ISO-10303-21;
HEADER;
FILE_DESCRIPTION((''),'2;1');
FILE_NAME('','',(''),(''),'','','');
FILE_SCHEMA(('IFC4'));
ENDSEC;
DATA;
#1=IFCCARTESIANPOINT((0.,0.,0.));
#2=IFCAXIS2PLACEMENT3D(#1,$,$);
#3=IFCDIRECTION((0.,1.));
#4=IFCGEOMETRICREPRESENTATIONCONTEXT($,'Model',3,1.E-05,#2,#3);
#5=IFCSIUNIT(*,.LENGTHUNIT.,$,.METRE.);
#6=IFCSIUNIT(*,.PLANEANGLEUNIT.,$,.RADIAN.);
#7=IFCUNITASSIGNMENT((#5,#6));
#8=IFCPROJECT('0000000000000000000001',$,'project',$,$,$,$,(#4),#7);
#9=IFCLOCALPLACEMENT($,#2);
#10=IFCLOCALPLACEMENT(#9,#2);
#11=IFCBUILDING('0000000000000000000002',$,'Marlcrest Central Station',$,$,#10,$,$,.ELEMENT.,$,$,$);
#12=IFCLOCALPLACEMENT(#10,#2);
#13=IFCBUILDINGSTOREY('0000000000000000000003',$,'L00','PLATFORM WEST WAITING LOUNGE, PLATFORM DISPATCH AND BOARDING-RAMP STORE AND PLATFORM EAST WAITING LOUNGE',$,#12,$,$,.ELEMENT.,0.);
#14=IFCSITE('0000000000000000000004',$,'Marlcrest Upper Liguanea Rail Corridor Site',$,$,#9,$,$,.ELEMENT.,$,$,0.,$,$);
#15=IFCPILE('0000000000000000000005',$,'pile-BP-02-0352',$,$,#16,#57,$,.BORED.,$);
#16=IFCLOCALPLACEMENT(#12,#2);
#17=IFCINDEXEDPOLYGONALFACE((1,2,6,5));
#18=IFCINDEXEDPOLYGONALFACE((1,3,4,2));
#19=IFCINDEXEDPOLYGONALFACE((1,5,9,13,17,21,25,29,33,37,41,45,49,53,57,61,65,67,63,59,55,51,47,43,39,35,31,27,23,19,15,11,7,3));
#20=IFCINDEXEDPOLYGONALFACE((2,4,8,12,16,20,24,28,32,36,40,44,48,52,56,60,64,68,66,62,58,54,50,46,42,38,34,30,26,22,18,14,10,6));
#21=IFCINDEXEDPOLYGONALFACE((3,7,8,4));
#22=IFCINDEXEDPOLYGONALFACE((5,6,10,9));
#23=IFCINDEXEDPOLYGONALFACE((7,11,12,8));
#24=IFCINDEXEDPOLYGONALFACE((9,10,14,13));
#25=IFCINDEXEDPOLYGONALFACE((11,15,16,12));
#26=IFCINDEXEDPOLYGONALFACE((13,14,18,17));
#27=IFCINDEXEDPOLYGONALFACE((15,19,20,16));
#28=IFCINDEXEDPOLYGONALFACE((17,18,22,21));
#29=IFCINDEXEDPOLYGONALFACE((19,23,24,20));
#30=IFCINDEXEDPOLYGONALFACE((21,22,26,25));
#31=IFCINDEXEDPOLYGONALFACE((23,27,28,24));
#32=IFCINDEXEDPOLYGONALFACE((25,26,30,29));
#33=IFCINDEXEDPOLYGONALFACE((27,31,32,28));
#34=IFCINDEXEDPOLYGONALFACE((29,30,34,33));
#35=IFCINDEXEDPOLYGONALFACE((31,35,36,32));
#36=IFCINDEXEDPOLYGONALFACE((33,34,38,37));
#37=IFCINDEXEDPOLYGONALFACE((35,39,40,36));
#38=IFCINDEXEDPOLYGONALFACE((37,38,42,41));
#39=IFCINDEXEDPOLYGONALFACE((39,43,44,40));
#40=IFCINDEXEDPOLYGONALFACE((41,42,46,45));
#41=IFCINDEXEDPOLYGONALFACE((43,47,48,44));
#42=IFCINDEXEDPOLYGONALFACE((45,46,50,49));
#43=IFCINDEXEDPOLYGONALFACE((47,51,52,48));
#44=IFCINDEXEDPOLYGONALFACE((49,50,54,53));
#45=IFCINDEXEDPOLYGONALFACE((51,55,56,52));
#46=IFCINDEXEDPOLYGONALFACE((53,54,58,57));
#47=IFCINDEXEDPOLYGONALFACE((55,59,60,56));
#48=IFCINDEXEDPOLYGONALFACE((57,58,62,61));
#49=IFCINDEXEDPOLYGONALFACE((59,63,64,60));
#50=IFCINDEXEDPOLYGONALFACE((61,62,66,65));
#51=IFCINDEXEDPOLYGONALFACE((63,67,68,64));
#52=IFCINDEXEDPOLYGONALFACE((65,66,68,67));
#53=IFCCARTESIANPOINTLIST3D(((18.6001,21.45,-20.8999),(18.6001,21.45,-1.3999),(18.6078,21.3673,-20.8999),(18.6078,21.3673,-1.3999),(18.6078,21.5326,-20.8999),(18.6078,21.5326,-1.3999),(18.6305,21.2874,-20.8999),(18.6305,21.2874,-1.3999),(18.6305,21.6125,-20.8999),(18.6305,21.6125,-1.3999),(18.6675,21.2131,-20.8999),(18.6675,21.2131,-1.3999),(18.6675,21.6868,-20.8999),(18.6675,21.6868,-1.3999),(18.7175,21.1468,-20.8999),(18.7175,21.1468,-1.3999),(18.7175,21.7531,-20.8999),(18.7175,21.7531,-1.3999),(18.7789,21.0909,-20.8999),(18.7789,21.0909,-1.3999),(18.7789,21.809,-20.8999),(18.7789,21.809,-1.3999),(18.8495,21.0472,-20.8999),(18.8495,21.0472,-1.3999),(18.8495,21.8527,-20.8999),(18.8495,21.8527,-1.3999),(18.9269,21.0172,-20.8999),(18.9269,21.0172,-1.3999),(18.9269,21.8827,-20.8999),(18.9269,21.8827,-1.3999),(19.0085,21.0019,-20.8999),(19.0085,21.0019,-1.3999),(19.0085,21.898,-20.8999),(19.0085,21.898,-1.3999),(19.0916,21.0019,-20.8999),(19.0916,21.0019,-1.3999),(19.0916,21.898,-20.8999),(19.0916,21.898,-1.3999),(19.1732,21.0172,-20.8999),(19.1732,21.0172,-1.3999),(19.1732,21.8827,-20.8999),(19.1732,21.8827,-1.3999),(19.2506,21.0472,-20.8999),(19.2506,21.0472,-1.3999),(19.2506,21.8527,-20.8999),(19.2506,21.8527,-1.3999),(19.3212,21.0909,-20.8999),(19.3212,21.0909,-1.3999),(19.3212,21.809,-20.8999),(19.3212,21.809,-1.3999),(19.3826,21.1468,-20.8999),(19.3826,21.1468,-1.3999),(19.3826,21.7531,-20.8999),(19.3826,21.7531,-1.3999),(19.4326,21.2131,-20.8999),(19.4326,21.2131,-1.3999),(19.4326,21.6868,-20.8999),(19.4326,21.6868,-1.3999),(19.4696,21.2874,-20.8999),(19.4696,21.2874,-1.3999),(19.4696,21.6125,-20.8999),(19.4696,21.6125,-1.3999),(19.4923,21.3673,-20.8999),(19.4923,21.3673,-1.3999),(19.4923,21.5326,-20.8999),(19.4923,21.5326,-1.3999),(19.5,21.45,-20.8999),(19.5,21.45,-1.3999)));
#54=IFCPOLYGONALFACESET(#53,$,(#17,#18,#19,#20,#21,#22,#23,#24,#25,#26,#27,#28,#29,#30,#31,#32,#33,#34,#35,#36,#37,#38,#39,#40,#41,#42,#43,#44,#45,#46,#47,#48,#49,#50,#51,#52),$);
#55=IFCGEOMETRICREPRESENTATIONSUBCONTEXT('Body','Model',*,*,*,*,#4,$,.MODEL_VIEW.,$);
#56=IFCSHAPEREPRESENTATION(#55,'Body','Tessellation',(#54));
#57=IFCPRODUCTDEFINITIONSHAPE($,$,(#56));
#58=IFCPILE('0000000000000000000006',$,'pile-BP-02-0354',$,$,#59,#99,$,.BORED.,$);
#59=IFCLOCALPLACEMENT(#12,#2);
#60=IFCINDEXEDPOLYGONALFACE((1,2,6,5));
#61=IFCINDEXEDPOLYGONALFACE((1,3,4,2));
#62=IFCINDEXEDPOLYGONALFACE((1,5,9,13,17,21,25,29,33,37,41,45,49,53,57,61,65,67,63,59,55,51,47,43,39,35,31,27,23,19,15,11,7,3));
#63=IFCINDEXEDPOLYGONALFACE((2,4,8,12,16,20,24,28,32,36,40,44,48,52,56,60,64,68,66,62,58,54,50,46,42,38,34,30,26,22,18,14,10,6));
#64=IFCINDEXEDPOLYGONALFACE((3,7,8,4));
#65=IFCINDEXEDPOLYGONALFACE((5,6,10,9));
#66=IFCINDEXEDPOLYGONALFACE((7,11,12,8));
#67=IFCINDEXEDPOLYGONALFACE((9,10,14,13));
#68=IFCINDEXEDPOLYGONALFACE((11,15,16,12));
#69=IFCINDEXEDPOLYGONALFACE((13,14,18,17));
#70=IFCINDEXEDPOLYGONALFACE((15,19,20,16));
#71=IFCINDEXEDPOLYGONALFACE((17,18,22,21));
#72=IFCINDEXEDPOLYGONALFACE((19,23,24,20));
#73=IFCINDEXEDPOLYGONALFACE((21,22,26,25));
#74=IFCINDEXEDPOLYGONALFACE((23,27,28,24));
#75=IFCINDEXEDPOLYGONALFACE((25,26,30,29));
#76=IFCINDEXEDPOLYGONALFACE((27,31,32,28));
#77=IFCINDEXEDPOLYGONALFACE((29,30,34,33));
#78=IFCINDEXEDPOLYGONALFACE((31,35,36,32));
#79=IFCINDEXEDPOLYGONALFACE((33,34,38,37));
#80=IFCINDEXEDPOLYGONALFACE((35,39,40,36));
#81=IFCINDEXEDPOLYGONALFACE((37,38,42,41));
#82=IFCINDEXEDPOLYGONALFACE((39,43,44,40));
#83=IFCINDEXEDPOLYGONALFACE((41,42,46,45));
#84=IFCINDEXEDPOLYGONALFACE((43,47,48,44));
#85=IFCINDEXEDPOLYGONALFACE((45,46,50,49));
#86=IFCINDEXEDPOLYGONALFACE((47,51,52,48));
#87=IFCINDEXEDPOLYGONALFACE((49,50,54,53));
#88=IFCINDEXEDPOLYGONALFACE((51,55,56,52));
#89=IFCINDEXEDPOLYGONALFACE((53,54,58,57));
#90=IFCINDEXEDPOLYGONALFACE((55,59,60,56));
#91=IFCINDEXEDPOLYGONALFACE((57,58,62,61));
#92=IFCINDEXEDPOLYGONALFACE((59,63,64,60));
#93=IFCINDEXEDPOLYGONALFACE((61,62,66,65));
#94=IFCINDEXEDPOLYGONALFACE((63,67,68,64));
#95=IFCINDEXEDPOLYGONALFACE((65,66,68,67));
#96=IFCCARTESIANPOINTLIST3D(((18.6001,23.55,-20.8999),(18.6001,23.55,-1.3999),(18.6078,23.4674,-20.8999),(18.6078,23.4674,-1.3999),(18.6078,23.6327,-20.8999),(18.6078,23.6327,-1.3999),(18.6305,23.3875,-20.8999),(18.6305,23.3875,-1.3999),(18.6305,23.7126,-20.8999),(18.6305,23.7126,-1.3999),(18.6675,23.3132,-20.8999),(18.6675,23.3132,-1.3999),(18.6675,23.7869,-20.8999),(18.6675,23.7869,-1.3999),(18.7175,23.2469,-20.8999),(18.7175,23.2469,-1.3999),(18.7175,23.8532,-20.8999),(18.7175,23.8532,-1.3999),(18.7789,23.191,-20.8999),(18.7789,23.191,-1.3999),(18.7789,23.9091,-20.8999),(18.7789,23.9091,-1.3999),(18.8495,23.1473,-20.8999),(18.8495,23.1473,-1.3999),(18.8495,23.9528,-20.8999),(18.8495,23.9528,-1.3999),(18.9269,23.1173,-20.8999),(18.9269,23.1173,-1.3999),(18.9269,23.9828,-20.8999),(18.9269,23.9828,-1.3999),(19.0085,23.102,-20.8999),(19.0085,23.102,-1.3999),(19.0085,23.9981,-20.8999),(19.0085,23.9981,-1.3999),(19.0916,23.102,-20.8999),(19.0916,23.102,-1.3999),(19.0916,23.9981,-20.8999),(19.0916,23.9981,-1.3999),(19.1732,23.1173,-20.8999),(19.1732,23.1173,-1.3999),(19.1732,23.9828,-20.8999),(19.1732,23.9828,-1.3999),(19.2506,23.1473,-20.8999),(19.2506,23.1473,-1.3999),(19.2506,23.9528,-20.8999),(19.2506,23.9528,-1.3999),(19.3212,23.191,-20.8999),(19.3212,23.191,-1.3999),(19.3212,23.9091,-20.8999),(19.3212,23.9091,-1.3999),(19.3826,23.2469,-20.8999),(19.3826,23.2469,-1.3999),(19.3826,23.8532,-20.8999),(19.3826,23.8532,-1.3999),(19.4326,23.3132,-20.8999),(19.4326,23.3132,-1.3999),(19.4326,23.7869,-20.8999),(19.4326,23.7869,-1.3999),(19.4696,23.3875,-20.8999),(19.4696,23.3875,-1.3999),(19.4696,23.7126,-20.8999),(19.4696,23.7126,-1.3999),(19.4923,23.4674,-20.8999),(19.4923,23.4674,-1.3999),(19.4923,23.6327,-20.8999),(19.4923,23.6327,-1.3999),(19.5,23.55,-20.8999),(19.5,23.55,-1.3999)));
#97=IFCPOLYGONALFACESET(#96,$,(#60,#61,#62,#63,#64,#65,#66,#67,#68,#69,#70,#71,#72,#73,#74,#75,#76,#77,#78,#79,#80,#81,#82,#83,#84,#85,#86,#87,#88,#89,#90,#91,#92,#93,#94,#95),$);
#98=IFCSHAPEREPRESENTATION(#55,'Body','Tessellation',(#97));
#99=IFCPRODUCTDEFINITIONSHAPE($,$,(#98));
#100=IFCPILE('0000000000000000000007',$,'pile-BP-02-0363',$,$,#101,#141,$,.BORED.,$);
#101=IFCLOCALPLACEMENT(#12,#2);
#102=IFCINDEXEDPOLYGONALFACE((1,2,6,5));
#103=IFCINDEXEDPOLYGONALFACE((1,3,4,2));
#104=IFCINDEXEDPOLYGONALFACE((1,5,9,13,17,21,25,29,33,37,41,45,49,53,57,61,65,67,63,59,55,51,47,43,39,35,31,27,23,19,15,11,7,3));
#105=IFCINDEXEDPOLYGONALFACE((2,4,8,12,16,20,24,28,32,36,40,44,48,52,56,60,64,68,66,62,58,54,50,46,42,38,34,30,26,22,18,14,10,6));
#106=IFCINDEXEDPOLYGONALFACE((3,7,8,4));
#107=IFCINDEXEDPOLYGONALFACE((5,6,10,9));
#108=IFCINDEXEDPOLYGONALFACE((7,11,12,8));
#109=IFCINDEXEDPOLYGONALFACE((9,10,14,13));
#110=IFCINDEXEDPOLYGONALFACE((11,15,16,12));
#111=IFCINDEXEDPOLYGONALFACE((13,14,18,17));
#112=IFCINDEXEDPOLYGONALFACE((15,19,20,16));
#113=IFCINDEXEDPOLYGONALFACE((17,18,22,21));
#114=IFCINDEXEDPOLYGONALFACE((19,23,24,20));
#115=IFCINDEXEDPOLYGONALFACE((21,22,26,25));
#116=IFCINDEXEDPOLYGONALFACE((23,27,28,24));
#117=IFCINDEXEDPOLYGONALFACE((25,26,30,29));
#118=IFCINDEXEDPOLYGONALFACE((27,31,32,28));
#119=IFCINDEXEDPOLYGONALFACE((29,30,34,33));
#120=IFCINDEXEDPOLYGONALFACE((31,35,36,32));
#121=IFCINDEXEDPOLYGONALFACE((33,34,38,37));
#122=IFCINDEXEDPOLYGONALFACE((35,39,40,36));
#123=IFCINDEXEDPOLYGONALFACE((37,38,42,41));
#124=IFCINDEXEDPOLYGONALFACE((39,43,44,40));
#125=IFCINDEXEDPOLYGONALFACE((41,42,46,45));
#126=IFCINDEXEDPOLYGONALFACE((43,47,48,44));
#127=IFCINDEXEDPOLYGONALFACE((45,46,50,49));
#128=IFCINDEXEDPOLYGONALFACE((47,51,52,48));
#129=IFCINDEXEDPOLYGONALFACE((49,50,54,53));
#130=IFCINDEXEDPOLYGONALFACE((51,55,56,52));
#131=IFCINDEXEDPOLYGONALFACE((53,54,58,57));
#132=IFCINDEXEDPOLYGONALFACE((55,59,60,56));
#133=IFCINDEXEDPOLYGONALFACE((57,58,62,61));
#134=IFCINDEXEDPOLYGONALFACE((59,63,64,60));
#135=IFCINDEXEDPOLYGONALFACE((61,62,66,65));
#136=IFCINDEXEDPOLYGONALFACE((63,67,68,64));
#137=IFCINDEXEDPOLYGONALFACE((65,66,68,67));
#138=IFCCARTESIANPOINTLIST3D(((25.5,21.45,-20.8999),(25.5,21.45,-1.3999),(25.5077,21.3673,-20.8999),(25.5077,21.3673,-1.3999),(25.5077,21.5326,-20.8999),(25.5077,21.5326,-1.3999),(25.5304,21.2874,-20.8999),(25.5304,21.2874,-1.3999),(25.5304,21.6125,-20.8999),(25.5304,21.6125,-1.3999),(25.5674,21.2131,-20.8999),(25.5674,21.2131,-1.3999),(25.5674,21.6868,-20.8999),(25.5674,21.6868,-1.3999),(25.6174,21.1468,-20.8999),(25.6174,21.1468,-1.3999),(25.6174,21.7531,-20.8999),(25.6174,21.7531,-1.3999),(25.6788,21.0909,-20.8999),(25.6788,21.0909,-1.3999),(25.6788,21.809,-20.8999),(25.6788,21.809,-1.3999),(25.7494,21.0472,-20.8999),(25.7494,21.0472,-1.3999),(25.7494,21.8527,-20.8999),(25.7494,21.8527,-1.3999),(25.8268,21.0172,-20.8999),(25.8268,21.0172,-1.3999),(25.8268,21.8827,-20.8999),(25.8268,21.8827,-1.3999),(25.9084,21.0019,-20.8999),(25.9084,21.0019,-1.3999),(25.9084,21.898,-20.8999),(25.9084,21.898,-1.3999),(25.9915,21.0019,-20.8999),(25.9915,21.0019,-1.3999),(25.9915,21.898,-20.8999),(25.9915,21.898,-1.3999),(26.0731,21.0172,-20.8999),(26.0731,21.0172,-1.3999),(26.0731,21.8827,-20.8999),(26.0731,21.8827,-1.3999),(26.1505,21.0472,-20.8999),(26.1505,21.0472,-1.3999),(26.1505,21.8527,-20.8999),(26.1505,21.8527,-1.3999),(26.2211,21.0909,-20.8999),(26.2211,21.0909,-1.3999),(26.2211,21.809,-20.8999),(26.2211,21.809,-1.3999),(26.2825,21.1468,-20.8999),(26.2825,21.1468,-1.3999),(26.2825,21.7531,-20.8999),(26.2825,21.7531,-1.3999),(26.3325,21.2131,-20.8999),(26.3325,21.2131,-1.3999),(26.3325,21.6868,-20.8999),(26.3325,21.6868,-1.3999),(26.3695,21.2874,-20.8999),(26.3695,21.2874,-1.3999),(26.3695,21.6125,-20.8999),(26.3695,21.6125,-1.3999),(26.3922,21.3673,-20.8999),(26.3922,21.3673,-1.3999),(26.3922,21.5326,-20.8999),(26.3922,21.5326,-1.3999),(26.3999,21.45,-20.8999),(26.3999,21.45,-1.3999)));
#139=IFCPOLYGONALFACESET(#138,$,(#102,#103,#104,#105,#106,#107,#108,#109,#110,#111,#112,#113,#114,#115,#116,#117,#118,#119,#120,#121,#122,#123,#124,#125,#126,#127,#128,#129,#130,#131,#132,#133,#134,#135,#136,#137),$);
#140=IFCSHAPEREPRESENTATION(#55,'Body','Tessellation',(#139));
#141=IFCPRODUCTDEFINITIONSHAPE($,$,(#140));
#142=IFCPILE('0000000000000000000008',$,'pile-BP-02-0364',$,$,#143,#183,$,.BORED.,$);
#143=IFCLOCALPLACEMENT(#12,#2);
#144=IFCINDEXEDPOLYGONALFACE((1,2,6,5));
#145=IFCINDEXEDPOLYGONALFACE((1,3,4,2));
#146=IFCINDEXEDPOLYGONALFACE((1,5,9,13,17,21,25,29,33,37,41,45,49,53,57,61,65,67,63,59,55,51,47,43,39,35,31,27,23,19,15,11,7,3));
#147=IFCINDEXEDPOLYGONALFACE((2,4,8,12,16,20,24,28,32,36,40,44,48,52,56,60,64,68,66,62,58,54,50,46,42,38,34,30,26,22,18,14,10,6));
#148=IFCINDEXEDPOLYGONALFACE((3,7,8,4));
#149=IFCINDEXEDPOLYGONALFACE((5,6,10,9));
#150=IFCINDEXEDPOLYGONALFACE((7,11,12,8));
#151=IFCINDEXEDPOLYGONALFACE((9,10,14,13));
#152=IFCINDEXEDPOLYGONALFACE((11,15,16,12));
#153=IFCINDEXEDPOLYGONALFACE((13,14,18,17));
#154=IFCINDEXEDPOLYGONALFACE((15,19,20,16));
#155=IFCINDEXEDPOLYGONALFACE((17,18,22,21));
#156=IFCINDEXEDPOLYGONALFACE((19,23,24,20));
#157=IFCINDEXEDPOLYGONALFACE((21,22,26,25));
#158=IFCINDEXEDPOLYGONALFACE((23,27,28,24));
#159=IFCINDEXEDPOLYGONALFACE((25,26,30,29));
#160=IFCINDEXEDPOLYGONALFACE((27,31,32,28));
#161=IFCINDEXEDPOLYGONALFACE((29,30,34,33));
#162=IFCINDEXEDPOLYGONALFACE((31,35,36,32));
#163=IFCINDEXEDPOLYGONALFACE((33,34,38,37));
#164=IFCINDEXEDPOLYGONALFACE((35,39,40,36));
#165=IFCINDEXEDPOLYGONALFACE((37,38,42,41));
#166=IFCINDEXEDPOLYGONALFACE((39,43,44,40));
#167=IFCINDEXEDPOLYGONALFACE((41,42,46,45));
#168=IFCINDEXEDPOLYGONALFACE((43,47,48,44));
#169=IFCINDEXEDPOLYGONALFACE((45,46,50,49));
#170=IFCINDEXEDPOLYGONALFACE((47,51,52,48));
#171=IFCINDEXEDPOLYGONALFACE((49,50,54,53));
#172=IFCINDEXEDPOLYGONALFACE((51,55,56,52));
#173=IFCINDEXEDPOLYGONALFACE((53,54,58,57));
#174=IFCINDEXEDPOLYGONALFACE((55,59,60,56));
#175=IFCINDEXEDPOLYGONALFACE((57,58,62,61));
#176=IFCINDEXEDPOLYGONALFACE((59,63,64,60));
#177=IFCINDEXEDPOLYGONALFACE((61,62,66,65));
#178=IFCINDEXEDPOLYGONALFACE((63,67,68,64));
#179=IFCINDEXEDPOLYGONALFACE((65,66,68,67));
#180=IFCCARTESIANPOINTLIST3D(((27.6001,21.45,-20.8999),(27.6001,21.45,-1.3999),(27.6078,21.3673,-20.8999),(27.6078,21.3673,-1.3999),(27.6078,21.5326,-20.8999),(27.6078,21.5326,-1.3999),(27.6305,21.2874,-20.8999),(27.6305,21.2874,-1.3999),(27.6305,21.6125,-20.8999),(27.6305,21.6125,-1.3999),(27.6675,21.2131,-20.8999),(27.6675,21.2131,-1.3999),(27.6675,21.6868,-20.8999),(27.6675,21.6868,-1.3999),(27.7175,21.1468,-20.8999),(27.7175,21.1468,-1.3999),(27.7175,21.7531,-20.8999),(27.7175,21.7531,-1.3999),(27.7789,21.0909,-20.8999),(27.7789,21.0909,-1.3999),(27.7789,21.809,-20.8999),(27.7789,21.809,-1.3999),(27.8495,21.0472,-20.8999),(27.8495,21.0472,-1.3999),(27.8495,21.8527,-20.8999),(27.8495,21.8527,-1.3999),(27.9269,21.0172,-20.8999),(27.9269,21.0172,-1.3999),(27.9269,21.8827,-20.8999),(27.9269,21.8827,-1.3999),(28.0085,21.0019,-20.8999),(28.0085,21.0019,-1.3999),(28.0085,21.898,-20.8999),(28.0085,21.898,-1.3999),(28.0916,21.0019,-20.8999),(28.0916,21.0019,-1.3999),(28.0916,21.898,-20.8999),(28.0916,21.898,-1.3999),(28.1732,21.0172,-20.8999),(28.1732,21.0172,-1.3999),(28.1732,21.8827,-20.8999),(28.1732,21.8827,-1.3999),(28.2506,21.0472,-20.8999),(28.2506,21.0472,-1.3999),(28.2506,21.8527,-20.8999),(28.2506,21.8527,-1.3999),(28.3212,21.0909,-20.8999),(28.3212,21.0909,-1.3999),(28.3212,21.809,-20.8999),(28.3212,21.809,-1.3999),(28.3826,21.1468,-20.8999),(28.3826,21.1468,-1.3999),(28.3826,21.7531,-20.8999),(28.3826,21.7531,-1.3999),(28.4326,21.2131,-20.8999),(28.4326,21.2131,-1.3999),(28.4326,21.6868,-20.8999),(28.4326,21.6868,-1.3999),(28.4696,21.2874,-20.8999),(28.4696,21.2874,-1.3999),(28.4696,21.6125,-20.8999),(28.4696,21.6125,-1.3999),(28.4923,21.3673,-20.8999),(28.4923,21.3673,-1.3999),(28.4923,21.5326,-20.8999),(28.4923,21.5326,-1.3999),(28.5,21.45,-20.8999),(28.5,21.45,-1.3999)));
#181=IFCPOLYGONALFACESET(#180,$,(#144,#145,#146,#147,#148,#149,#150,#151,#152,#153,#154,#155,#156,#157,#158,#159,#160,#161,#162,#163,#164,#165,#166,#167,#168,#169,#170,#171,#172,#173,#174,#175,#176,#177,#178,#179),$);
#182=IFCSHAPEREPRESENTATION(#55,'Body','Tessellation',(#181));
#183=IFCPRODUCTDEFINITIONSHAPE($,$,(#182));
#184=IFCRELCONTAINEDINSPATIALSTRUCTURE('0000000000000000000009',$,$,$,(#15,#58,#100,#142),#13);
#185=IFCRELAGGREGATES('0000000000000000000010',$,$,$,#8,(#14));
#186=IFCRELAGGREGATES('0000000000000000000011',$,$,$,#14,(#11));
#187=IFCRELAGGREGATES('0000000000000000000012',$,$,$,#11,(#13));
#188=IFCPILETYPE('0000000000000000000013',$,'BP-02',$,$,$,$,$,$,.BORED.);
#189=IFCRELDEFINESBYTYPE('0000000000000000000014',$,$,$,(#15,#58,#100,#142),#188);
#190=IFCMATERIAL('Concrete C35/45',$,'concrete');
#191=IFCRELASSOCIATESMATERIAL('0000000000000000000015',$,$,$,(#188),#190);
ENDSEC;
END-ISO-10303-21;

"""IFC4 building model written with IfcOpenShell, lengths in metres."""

from ifc_helpers import new_model, si_unit, direction, frame, origin, origin_2d, place, context, subcontext, project, spatial, circle, extrude, material, material_profile, profile_set, type_object, element, save


model = new_model("IFC4")

# Units and contexts
model_context = context("Model", 3, precision=1e-05, world=origin(), true_north=direction((0.0, 1.0)))
body_context = subcontext(model_context, "Body", "Model", "MODEL_VIEW")
ifc_project = project(units=[si_unit("LENGTHUNIT", "METRE"), si_unit("PLANEANGLEUNIT", "RADIAN")], contexts=[model_context])

# Site, building, storey
site_placement = place(None, origin())
site = spatial("IfcSite", under=ifc_project, at=site_placement, Name="Marlcrest Upper Liguanea Rail Corridor Site", CompositionType="ELEMENT", RefElevation=0.0)
building_placement = place(site_placement, origin())
building = spatial("IfcBuilding", under=site, at=building_placement, Name="Marlcrest Central Station", CompositionType="ELEMENT")
storey_placement = place(building_placement, origin())
storey = spatial("IfcBuildingStorey", under=building, at=storey_placement, Name="L00", Description="PLATFORM WEST WAITING LOUNGE, PLATFORM DISPATCH AND BOARDING-RAMP STORE AND PLATFORM EAST WAITING LOUNGE", CompositionType="ELEMENT", Elevation=0.0)

# Piles
ifc_material_1 = material(Name="Concrete C35/45", Category="concrete")
ifc_material_profile_1 = material_profile(ifc_material_1, circle(Radius=0.45, at=origin_2d()), Name="PILE D900")
ifc_profile_set_1 = profile_set([ifc_material_profile_1], Name="Concrete C35/45")
pile_type = type_object("IfcPileType", Name="BP-02", PredefinedType="BORED", material=ifc_profile_set_1)
for number, where, z_axis, x_axis, name in (
    (1, (19.05, 21.45, -1.3999), (0.0, 0.0, -1.0), (1.0, 0.0, 0.0), "pile-BP-02-0352"),
    (2, (19.05, 23.55, -1.3999), (0.0, 0.0, -1.0), (1.0, 0.0, 0.0), "pile-BP-02-0354"),
    (3, (25.95, 21.45, -1.3999), (0.0, 0.0, -1.0), (1.0, 0.0, 0.0), "pile-BP-02-0363"),
    (4, (28.05, 21.45, -1.3999), (0.0, 0.0, -1.0), (1.0, 0.0, 0.0), "pile-BP-02-0364"),
):
    element("IfcPile", number, at=place(storey_placement, frame(where, z_axis=z_axis, x_axis=x_axis)), inside=storey, type_object=pile_type, Name=name, PredefinedType="BORED", context=body_context, shape_type="SweptSolid", body=[
        extrude(circle(Radius=0.45, at=origin_2d()), origin(), (0.0, 0.0, 1.0), 19.5),
    ])

save(model, "model.ifc")
